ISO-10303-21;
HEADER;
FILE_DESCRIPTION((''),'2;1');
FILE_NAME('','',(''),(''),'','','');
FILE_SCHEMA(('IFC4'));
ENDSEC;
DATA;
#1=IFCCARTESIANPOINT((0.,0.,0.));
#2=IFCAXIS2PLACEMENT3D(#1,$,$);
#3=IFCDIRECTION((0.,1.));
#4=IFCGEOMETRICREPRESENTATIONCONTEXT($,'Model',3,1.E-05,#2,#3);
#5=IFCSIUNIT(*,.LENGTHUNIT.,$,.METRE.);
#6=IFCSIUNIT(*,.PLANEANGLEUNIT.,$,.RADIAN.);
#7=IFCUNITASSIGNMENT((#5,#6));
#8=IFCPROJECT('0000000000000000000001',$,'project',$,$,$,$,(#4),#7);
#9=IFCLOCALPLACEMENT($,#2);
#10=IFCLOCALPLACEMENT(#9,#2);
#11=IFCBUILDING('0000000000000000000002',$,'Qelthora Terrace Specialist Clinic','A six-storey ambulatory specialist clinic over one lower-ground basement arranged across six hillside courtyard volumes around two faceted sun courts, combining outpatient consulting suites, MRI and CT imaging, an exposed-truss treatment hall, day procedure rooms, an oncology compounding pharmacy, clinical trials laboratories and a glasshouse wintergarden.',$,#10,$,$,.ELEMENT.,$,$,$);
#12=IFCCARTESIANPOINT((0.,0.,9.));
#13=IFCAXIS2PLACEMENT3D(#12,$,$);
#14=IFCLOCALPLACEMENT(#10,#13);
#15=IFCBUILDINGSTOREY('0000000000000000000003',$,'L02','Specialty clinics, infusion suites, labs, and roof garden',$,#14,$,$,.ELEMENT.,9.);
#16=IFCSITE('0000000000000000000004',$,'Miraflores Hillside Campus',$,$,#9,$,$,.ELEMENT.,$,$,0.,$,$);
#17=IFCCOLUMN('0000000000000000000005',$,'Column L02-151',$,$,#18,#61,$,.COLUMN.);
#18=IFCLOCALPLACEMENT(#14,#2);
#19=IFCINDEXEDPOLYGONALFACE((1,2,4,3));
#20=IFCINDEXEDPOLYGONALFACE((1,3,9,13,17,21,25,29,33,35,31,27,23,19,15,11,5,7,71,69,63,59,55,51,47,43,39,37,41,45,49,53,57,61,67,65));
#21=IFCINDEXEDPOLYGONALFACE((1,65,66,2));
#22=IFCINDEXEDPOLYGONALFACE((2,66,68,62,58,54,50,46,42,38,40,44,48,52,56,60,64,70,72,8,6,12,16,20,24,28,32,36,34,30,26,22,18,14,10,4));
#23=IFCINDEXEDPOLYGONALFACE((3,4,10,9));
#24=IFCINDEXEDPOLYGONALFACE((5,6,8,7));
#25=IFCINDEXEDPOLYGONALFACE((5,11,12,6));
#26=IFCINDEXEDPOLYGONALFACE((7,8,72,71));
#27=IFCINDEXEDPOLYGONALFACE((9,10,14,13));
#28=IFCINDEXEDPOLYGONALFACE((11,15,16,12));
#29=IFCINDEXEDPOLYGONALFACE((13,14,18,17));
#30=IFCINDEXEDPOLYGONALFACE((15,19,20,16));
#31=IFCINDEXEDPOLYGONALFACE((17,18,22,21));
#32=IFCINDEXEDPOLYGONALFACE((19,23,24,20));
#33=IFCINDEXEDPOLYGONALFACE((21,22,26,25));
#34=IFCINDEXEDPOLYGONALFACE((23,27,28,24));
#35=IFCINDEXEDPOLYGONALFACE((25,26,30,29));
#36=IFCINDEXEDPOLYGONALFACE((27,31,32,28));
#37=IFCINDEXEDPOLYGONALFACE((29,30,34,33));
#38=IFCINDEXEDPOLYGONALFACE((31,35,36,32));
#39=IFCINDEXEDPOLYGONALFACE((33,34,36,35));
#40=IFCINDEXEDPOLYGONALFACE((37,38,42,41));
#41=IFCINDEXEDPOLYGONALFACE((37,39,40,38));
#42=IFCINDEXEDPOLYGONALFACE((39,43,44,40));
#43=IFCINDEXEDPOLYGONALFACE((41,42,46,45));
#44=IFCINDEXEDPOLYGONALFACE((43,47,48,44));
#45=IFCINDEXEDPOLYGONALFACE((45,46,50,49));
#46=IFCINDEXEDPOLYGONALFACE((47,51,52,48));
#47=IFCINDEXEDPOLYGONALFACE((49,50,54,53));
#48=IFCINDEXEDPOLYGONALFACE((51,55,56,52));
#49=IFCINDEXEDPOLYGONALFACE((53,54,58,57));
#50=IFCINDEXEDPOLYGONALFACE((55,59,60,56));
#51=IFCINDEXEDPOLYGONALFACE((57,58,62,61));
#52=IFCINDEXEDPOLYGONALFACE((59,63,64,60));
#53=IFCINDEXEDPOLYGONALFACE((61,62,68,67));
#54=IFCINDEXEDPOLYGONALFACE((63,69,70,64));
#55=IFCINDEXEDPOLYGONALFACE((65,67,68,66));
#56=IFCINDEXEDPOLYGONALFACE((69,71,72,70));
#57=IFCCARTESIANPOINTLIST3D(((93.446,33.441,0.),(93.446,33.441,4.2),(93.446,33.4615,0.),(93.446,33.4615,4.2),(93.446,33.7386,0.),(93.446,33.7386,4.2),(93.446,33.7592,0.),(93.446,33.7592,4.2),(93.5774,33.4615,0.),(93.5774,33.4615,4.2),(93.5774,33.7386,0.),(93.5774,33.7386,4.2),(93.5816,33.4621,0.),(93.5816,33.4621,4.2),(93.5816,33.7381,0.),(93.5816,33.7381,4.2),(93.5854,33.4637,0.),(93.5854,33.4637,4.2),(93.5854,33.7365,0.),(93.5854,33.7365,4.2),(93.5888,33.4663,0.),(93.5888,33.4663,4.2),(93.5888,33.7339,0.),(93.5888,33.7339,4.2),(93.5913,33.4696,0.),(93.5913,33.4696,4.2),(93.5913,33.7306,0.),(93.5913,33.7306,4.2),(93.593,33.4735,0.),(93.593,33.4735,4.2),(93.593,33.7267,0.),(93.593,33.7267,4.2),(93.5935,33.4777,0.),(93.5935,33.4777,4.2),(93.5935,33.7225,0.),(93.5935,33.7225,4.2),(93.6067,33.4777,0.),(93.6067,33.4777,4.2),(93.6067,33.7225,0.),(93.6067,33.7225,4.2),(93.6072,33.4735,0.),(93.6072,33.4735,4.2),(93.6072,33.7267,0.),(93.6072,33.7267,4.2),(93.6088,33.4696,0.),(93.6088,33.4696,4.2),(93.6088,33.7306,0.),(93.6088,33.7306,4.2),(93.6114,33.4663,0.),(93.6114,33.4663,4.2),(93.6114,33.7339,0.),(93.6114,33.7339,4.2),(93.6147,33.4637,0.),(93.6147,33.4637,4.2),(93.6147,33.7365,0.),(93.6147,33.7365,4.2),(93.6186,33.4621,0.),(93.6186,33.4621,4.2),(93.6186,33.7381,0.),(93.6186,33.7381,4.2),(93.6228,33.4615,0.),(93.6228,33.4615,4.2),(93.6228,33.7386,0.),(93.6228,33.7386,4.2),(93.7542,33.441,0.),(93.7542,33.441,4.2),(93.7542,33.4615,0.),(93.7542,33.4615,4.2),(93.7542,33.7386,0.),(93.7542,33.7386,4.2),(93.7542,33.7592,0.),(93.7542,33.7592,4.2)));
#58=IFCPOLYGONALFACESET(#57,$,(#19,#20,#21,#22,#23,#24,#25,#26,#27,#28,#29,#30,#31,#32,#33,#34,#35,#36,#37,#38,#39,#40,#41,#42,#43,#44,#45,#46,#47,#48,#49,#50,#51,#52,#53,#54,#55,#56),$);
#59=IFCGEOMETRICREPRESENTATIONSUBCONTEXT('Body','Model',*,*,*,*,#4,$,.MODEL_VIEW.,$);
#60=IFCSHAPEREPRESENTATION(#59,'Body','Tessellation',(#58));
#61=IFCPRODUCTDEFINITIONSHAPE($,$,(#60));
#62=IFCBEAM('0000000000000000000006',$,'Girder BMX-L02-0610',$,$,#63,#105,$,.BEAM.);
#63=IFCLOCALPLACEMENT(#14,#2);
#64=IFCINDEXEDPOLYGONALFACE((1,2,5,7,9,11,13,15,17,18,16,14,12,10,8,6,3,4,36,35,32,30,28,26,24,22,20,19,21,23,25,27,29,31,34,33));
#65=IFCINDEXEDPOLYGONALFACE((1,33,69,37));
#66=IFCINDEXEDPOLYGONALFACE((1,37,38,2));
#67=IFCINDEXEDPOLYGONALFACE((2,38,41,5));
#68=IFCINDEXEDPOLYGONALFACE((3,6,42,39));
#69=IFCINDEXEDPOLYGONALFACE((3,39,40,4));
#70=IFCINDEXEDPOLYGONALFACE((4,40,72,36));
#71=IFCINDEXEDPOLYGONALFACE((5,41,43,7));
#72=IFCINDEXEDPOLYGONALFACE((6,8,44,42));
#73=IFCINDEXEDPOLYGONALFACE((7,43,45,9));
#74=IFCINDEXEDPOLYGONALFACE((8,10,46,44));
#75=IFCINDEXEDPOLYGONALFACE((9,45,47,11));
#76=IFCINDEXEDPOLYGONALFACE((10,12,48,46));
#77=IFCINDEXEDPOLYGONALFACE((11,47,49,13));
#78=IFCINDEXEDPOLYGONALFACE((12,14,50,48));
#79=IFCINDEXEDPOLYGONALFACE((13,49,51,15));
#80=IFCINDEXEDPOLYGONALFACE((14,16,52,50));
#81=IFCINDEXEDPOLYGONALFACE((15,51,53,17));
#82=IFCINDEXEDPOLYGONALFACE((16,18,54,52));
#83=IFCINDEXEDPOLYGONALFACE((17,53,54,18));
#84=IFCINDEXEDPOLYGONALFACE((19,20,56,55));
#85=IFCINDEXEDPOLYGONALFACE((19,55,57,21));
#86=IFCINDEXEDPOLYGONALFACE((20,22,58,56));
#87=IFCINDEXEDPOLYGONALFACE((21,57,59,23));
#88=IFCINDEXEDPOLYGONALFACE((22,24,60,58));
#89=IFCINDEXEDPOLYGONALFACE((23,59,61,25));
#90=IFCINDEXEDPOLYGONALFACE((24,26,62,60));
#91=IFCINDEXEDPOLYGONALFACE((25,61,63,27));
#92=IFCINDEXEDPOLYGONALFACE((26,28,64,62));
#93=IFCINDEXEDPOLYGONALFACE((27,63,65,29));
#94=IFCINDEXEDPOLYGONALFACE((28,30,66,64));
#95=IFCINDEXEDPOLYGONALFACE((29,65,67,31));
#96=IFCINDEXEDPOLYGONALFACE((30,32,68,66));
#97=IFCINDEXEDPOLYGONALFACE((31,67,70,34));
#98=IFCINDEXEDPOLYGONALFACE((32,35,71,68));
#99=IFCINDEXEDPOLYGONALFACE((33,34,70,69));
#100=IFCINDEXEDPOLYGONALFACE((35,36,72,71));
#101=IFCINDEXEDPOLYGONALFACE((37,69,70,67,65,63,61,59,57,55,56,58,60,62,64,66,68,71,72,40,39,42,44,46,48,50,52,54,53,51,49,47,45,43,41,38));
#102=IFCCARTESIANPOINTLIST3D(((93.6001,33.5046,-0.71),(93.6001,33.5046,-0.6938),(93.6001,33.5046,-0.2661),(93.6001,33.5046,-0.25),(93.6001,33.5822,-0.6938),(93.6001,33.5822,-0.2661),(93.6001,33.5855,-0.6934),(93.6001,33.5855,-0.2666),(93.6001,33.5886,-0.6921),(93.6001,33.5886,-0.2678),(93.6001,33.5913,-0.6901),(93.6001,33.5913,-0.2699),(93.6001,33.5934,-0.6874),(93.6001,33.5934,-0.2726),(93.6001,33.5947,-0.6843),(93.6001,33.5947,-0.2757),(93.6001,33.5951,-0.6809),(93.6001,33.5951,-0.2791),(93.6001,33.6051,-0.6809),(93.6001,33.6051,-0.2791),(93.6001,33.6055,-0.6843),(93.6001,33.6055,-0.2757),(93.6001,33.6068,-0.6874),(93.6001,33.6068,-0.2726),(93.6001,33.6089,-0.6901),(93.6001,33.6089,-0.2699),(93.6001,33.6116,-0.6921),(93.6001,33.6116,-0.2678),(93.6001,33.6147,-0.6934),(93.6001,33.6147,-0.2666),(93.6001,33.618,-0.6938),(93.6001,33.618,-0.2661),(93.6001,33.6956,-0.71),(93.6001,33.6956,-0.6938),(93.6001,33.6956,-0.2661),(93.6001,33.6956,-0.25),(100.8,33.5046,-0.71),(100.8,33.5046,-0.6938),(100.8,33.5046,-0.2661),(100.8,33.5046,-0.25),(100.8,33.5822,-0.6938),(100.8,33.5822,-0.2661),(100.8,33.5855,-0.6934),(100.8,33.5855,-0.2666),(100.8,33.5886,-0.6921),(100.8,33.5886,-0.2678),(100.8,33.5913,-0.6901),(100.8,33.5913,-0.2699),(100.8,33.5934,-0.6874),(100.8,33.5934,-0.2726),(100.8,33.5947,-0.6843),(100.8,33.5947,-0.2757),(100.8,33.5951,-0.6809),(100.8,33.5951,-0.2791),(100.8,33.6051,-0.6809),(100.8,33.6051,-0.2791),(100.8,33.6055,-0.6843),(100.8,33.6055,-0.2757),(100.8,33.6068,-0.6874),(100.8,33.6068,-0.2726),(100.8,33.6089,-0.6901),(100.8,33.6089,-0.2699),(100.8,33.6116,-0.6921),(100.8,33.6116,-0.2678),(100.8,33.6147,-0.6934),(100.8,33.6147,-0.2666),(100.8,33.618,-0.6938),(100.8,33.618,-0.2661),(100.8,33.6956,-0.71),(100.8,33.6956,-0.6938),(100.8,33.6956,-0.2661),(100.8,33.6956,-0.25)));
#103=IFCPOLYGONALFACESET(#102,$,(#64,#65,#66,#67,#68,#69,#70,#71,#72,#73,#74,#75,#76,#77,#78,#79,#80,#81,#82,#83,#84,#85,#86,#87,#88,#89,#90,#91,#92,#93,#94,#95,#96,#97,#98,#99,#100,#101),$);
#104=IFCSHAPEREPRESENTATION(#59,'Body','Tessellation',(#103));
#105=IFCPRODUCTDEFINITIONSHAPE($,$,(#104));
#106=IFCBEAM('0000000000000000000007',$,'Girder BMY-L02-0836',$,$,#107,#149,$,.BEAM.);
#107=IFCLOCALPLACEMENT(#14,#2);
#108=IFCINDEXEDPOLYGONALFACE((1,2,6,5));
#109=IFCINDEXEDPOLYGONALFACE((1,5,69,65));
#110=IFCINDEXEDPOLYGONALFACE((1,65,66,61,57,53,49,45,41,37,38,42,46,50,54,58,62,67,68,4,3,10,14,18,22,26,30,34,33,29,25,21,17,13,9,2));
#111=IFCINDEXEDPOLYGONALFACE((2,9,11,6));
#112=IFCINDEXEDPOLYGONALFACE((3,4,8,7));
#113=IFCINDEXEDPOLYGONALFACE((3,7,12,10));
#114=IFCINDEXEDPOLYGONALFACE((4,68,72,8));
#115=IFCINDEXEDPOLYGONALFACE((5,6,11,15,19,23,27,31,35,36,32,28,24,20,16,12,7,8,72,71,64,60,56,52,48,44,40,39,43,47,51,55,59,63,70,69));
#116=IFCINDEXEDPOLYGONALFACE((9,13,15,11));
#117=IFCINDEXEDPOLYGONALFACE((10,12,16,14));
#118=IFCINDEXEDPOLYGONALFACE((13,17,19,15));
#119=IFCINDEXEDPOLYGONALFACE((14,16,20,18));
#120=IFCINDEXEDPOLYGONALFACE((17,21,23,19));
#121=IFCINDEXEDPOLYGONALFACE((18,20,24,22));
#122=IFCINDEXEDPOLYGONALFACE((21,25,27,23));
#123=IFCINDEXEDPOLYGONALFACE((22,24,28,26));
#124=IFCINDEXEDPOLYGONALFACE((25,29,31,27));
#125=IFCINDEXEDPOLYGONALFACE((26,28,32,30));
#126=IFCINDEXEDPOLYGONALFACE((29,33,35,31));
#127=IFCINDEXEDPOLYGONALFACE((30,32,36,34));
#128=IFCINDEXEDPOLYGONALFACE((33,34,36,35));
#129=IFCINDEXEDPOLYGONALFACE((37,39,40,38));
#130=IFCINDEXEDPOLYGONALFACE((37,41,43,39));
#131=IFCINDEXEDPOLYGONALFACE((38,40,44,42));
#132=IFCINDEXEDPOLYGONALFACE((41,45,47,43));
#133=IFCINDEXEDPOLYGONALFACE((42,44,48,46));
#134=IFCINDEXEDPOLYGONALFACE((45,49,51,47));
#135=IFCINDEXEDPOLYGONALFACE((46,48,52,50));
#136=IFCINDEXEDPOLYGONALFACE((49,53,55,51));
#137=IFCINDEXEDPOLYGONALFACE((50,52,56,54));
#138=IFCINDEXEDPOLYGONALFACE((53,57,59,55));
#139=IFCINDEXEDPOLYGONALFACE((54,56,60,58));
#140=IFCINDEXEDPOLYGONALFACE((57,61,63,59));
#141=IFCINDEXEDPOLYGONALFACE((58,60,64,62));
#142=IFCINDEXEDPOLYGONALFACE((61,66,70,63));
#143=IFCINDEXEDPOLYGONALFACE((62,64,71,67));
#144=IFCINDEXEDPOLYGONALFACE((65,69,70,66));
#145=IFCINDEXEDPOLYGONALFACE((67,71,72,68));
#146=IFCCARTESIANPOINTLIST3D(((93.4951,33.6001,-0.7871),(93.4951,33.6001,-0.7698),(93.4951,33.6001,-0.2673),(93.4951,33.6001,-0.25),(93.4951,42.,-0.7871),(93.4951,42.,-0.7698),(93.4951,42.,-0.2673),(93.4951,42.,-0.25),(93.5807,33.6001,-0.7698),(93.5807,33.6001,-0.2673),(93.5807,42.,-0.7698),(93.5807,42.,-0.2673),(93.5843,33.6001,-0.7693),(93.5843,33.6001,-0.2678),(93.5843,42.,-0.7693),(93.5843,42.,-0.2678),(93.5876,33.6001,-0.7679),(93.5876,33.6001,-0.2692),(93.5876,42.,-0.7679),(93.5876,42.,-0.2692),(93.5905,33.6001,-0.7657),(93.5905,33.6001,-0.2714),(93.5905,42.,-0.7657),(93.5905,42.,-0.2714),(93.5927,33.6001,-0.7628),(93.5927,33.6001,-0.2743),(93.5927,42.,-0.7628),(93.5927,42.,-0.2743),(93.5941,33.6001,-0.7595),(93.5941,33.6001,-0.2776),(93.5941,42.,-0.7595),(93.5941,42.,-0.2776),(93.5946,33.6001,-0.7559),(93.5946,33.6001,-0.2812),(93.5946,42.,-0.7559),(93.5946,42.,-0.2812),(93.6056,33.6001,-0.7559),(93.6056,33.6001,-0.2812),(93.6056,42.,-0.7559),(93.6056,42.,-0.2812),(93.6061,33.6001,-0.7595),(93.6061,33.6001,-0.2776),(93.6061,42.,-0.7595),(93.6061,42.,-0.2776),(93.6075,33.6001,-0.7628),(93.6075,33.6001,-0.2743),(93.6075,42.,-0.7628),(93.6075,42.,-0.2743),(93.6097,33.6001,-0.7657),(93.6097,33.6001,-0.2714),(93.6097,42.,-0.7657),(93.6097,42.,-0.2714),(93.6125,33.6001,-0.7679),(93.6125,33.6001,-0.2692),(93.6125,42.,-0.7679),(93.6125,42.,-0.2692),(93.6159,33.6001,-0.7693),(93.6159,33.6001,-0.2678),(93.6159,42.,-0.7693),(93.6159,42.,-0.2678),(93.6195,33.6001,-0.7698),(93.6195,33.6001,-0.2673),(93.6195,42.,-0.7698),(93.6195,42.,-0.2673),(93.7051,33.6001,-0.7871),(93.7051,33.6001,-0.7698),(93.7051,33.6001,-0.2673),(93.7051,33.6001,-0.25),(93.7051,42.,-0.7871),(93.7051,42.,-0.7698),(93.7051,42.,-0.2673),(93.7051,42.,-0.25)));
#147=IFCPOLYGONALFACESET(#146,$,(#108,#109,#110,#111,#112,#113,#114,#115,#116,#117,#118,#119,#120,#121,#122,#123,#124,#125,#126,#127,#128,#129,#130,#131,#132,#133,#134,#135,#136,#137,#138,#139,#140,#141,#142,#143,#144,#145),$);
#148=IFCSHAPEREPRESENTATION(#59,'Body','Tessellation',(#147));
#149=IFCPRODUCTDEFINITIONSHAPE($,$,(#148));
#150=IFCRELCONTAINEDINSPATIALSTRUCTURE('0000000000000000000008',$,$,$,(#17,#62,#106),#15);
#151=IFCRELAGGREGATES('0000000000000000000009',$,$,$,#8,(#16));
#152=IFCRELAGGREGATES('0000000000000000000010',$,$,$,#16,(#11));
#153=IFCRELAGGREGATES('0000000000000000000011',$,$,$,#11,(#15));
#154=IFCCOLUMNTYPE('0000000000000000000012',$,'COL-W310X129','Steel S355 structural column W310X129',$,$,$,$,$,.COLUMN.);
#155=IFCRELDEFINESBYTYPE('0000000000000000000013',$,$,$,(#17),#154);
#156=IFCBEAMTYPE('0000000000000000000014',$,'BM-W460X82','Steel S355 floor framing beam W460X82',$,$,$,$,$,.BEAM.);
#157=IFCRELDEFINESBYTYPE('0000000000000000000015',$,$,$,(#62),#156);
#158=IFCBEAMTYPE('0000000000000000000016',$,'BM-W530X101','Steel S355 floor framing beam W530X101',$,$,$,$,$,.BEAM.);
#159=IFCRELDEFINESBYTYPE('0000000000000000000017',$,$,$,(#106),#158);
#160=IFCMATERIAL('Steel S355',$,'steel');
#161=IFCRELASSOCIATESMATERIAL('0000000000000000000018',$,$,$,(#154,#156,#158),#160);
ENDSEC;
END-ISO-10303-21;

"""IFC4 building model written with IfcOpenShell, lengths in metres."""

from ifc_helpers import new_model, si_unit, direction, frame, origin, origin_2d, place, context, subcontext, project, spatial, i_section, extrude, material, material_profile, profile_set, type_object, element, save


model = new_model("IFC4")

# Units and contexts
model_context = context("Model", 3, precision=1e-05, world=origin(), true_north=direction((0.0, 1.0)))
body_context = subcontext(model_context, "Body", "Model", "MODEL_VIEW")
ifc_project = project(units=[si_unit("LENGTHUNIT", "METRE"), si_unit("PLANEANGLEUNIT", "RADIAN")], contexts=[model_context])

# Site, building, storey
site_placement = place(None, origin())
site = spatial("IfcSite", under=ifc_project, at=site_placement, Name="Miraflores Hillside Campus", CompositionType="ELEMENT", RefElevation=0.0)
building_placement = place(site_placement, origin())
building = spatial("IfcBuilding", under=site, at=building_placement, Name="Qelthora Terrace Specialist Clinic", Description="A six-storey ambulatory specialist clinic over one lower-ground basement arranged across six hillside courtyard volumes around two faceted sun courts, combining outpatient consulting suites, MRI and CT imaging, an exposed-truss treatment hall, day procedure rooms, an oncology compounding pharmacy, clinical trials laboratories and a glasshouse wintergarden.", CompositionType="ELEMENT")
storey_placement = place(building_placement, frame((0.0, 0.0, 9.0)))
storey = spatial("IfcBuildingStorey", under=building, at=storey_placement, Name="L02", Description="Specialty clinics, infusion suites, labs, and roof garden", CompositionType="ELEMENT", Elevation=9.0)

# Column
ifc_material_1 = material(Name="Steel S355", Category="steel")
ifc_material_profile_1 = material_profile(ifc_material_1, i_section(OverallWidth=0.3081, OverallDepth=0.3181, WebThickness=0.0132, FlangeThickness=0.0205, FilletRadius=0.0161, at=origin_2d()), Name="W310X129")
ifc_profile_set_1 = profile_set([ifc_material_profile_1], Name="Steel S355")
column_type = type_object("IfcColumnType", Name="COL-W310X129", Description="Steel S355 structural column W310X129", PredefinedType="COLUMN", material=ifc_profile_set_1)
column_placement = place(storey_placement, frame((93.6001, 33.6001, 0.0), z_axis=(0.0, 0.0, 1.0), x_axis=(1.0, 0.0, 0.0)))
element("IfcColumn", 1, at=column_placement, inside=storey, type_object=column_type, Name="Column L02-151", PredefinedType="COLUMN", context=body_context, shape_type="SweptSolid", body=[
    extrude(i_section(OverallWidth=0.3081, OverallDepth=0.3181, WebThickness=0.0132, FlangeThickness=0.0205, FilletRadius=0.0161, at=origin_2d()), origin(), (0.0, 0.0, 1.0), 4.2),
])

# Beams
ifc_material_profile_2 = material_profile(ifc_material_1, i_section(OverallWidth=0.1909, OverallDepth=0.46, WebThickness=0.01, FlangeThickness=0.0161, FilletRadius=0.0129, at=origin_2d()), Name="W460X82")
ifc_profile_set_2 = profile_set([ifc_material_profile_2], Name="Steel S355")
beam_type_1 = type_object("IfcBeamType", Name="BM-W460X82", Description="Steel S355 floor framing beam W460X82", PredefinedType="BEAM", material=ifc_profile_set_2)
beam_1_placement = place(storey_placement, frame((93.6001, 33.6001, -0.48), z_axis=(1.0, 0.0, 0.0), x_axis=(0.0, 1.0, 0.0)))
element("IfcBeam", 2, at=beam_1_placement, inside=storey, type_object=beam_type_1, Name="Girder BMX-L02-0610", PredefinedType="BEAM", context=body_context, shape_type="SweptSolid", body=[
    extrude(i_section(OverallWidth=0.1909, OverallDepth=0.46, WebThickness=0.01, FlangeThickness=0.0161, FilletRadius=0.0129, at=origin_2d()), origin(), (0.0, 0.0, 1.0), 7.2),
])
ifc_material_profile_3 = material_profile(ifc_material_1, i_section(OverallWidth=0.21, OverallDepth=0.5371, WebThickness=0.011, FlangeThickness=0.0173, FilletRadius=0.0139, at=origin_2d()), Name="W530X101")
ifc_profile_set_3 = profile_set([ifc_material_profile_3], Name="Steel S355")
beam_type_2 = type_object("IfcBeamType", Name="BM-W530X101", Description="Steel S355 floor framing beam W530X101", PredefinedType="BEAM", material=ifc_profile_set_3)
beam_2_placement = place(storey_placement, frame((93.6001, 33.6001, -0.5186), z_axis=(0.0, 1.0, 0.0), x_axis=(-1.0, 0.0, 0.0)))
element("IfcBeam", 3, at=beam_2_placement, inside=storey, type_object=beam_type_2, Name="Girder BMY-L02-0836", PredefinedType="BEAM", context=body_context, shape_type="SweptSolid", body=[
    extrude(i_section(OverallWidth=0.21, OverallDepth=0.5371, WebThickness=0.011, FlangeThickness=0.0173, FilletRadius=0.0139, at=origin_2d()), origin(), (0.0, 0.0, 1.0), 8.3999),
])

save(model, "model.ifc")
